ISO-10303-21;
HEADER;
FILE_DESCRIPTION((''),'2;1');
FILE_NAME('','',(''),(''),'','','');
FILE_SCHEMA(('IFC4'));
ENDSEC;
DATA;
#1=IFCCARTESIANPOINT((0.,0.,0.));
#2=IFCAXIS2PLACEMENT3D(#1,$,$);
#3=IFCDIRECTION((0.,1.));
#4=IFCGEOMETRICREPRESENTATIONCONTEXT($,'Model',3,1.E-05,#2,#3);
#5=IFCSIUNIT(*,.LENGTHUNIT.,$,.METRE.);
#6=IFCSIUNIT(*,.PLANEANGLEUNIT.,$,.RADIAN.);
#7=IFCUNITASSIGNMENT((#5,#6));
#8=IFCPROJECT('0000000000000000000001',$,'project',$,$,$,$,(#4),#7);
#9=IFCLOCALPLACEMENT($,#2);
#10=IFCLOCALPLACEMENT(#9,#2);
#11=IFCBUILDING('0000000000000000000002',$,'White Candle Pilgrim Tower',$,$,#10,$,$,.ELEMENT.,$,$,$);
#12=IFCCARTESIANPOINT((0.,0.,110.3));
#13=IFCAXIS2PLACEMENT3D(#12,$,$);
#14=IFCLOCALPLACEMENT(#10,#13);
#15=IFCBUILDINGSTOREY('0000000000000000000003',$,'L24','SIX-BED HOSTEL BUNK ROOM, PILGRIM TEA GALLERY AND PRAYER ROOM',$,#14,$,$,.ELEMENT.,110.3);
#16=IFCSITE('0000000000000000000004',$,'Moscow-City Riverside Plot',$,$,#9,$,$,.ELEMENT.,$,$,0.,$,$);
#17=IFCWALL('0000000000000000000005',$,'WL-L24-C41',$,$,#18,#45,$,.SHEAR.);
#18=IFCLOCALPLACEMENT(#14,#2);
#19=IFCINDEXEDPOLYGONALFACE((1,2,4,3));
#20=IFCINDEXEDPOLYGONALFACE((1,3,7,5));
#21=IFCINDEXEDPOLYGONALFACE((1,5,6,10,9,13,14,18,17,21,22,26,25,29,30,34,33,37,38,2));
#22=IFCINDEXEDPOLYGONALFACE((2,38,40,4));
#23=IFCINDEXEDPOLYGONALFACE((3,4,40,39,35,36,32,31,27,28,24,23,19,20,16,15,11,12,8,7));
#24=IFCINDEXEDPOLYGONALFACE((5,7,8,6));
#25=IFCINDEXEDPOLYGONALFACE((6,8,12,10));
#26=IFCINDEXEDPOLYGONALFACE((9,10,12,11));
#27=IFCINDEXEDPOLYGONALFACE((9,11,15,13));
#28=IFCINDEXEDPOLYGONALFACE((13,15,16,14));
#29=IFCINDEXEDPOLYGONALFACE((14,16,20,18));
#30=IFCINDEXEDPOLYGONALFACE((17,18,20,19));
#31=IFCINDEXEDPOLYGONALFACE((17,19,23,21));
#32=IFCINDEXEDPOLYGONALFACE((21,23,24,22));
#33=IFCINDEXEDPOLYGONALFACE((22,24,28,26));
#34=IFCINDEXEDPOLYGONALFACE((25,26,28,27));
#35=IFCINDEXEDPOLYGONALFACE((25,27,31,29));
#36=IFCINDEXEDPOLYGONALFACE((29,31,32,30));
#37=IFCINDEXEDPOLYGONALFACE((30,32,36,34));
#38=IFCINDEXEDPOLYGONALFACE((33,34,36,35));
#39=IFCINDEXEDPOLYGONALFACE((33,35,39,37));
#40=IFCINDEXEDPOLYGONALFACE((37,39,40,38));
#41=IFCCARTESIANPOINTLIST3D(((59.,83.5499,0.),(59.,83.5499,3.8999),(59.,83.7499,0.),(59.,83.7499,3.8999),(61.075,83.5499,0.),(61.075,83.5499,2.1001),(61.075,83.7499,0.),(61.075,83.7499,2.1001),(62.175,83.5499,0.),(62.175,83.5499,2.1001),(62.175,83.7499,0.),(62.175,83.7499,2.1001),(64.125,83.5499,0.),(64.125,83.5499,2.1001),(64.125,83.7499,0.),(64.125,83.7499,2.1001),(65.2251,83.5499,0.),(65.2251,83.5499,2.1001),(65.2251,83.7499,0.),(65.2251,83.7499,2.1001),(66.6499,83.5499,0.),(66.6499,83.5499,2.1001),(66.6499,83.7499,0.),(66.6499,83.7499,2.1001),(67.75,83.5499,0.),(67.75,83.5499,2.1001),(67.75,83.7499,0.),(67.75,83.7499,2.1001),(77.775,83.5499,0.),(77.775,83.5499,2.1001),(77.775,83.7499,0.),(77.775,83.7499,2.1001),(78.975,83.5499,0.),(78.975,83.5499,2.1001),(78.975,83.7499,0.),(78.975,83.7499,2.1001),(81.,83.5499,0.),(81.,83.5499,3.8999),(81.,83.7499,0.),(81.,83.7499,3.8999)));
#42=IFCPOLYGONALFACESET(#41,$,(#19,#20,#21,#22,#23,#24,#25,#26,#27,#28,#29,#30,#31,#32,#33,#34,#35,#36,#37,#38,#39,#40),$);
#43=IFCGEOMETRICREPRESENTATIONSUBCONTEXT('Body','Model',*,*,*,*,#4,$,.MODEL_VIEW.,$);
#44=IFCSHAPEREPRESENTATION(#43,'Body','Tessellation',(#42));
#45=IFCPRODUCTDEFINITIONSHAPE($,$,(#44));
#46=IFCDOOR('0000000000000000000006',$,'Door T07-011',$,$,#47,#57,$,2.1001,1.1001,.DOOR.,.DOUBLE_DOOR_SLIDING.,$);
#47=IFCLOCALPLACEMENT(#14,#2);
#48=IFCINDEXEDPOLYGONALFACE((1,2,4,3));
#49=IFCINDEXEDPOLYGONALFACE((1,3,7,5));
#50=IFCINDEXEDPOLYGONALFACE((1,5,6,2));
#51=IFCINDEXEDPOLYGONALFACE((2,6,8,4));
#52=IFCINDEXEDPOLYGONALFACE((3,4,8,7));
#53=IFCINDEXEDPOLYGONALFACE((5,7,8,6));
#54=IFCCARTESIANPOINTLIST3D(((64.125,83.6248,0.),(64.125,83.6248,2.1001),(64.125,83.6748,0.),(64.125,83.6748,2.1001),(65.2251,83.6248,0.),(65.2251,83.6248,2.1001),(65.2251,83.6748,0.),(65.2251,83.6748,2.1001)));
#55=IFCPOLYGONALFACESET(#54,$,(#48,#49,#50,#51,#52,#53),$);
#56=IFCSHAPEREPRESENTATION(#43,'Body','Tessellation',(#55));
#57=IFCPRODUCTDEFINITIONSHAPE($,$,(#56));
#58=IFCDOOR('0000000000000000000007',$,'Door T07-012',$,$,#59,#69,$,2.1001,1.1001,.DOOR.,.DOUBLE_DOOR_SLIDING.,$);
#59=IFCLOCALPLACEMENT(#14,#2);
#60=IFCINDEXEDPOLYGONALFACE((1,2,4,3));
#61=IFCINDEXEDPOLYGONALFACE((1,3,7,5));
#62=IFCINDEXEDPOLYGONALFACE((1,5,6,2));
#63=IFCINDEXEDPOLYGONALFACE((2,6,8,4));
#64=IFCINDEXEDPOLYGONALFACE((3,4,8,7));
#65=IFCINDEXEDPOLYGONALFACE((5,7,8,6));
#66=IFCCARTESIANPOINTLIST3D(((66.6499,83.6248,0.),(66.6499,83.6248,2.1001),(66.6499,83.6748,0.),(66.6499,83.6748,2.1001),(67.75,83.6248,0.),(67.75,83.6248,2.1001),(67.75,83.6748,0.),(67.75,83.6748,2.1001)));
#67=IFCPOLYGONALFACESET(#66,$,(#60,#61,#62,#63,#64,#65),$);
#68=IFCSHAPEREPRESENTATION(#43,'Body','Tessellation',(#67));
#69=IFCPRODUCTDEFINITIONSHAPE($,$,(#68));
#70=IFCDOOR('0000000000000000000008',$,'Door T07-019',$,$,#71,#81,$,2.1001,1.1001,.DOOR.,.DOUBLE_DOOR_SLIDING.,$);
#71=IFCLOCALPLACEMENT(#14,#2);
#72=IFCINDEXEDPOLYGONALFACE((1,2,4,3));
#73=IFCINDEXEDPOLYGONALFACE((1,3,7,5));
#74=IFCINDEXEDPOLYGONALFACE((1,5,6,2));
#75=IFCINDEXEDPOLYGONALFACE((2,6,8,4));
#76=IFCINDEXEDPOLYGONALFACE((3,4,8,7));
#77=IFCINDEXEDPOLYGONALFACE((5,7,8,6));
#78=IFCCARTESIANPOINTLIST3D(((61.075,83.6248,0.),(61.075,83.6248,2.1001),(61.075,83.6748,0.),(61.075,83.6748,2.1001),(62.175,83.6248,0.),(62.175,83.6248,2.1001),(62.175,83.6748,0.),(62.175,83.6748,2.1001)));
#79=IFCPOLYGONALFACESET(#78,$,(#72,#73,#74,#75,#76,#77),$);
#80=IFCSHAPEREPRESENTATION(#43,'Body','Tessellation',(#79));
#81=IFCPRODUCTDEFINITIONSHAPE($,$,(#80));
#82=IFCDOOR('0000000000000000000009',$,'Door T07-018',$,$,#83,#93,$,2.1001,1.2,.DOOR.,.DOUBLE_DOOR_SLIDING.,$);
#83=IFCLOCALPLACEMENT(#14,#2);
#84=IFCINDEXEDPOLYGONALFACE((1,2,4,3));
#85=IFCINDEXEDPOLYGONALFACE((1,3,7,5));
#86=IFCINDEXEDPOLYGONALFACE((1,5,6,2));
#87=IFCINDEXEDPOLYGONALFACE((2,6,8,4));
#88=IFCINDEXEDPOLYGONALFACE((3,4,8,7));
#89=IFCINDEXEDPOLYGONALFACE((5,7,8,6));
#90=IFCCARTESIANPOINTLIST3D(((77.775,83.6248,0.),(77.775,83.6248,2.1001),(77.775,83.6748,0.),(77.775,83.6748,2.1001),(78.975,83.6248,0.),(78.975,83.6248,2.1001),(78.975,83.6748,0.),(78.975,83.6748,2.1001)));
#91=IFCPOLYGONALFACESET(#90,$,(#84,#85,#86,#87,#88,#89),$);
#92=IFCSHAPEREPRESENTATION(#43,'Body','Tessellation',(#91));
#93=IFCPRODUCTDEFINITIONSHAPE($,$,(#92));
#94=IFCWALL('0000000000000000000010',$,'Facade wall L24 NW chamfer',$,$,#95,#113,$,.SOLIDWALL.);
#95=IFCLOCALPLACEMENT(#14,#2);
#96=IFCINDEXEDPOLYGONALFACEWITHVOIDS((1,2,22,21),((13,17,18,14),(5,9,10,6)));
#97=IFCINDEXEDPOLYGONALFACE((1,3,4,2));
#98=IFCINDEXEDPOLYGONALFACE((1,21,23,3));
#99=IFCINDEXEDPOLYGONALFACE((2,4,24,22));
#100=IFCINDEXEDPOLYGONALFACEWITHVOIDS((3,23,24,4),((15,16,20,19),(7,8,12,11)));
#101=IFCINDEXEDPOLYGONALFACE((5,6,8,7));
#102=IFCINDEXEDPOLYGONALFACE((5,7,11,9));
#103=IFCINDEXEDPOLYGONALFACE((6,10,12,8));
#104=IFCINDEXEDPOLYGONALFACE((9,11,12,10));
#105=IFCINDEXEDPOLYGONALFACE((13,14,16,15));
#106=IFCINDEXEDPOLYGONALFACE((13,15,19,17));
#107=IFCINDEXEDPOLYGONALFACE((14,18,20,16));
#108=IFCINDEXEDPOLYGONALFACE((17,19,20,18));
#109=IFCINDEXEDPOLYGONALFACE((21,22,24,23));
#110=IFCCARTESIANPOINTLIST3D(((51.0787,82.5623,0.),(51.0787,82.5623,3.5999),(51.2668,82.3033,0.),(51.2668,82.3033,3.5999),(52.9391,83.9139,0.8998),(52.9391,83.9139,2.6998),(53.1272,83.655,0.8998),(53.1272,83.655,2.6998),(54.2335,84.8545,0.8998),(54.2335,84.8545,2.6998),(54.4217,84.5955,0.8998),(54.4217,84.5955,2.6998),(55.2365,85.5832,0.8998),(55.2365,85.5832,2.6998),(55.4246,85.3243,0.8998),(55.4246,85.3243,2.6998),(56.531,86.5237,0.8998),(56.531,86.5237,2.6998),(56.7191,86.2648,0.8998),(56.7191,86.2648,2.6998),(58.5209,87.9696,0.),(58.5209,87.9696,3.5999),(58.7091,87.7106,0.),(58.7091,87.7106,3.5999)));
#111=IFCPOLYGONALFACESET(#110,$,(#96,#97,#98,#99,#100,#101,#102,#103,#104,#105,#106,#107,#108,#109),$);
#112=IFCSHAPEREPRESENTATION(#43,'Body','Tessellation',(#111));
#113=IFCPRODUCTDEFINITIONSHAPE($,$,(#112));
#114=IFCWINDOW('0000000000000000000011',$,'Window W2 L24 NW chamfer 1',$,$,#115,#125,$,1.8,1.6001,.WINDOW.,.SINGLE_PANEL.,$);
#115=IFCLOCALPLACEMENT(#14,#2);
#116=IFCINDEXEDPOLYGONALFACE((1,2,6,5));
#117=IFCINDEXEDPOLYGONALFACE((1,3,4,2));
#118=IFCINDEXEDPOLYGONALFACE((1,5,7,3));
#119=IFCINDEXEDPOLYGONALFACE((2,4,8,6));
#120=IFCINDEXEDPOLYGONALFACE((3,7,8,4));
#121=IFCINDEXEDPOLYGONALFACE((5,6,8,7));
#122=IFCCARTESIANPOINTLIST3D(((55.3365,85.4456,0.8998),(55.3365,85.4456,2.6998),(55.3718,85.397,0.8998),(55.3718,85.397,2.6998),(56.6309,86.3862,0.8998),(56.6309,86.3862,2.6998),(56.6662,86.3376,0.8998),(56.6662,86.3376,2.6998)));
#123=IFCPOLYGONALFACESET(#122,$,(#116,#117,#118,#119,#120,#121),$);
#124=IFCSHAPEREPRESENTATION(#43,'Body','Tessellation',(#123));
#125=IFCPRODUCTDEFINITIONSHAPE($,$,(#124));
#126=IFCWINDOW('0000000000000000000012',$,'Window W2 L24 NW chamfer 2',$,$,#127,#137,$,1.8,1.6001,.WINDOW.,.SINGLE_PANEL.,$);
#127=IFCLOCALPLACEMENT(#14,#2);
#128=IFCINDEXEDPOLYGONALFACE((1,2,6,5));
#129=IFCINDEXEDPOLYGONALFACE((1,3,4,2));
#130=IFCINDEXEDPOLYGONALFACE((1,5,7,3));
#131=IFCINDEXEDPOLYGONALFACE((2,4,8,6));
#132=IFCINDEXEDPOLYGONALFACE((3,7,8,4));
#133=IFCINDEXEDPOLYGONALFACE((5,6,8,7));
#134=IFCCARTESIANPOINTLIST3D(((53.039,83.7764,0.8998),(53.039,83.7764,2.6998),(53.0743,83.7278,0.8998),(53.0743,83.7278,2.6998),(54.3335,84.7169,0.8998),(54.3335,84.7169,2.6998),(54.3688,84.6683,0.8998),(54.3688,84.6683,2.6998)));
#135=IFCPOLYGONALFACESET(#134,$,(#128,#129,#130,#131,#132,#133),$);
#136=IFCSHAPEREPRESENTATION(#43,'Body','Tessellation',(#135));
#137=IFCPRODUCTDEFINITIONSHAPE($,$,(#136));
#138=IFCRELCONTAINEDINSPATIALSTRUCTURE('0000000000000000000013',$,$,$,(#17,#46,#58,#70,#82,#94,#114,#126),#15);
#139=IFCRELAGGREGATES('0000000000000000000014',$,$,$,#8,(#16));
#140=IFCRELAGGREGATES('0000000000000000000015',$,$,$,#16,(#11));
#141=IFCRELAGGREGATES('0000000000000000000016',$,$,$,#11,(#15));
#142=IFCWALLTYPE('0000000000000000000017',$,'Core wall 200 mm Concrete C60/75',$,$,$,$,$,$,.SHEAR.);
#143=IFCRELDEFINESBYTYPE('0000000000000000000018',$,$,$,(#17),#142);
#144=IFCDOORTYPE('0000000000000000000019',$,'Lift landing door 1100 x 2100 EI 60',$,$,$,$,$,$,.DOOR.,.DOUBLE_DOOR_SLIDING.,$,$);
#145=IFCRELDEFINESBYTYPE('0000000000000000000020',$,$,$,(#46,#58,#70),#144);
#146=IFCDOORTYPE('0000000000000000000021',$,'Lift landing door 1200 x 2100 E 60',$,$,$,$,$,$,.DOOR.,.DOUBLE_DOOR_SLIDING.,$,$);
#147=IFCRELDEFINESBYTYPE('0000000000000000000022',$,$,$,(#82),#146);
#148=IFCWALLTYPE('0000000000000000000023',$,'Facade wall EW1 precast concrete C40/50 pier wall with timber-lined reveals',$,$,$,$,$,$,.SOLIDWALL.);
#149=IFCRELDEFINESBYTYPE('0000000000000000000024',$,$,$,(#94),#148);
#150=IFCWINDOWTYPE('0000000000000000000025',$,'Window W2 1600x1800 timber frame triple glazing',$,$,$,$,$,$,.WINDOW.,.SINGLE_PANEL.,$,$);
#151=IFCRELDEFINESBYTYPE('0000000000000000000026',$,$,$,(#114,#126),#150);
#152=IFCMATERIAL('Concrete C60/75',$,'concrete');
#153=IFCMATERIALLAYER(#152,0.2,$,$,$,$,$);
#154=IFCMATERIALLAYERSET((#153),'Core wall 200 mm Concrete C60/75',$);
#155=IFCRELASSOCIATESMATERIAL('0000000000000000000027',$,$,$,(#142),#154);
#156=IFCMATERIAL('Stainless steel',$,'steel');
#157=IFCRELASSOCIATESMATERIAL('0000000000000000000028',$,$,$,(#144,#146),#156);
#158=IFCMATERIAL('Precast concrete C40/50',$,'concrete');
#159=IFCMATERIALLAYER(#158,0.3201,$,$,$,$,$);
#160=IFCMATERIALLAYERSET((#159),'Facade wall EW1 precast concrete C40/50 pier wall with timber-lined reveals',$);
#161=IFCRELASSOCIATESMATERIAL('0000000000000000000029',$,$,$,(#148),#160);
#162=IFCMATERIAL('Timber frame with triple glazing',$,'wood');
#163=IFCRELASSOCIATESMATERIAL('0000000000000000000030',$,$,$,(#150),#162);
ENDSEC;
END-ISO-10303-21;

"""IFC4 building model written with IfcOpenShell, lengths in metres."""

from ifc_helpers import new_model, si_unit, direction, frame, frame_2d, origin, place, context, subcontext, project, spatial, rectangle, extrude, material, layer, layer_set, type_object, element, fill, save


model = new_model("IFC4")

# Units and contexts
model_context = context("Model", 3, precision=1e-05, world=origin(), true_north=direction((0.0, 1.0)))
body_context = subcontext(model_context, "Body", "Model", "MODEL_VIEW")
ifc_project = project(units=[si_unit("LENGTHUNIT", "METRE"), si_unit("PLANEANGLEUNIT", "RADIAN")], contexts=[model_context])

# Site, building, storey
site_placement = place(None, origin())
site = spatial("IfcSite", under=ifc_project, at=site_placement, Name="Moscow-City Riverside Plot", CompositionType="ELEMENT", RefElevation=0.0)
building_placement = place(site_placement, origin())
building = spatial("IfcBuilding", under=site, at=building_placement, Name="White Candle Pilgrim Tower", CompositionType="ELEMENT")
storey_placement = place(building_placement, frame((0.0, 0.0, 110.3)))
storey = spatial("IfcBuildingStorey", under=building, at=storey_placement, Name="L24", Description="SIX-BED HOSTEL BUNK ROOM, PILGRIM TEA GALLERY AND PRAYER ROOM", CompositionType="ELEMENT", Elevation=110.3)

# Shared definitions
ifc_material_1 = material(Name="Concrete C60/75", Category="concrete")
ifc_layer_1 = layer(ifc_material_1, 0.2)
ifc_layer_set_1 = layer_set([ifc_layer_1], Name="Core wall 200 mm Concrete C60/75")
wall_type_1 = type_object("IfcWallType", Name="Core wall 200 mm Concrete C60/75", PredefinedType="SHEAR", material=ifc_layer_set_1)

# Wall, openings, doors
wall_1_placement = place(storey_placement, frame((59.0, 83.6499, 0.0), z_axis=(0.0, 0.0, 1.0), x_axis=(1.0, 0.0, 0.0)))
wall_1 = element("IfcWall", 1, at=wall_1_placement, inside=storey, type_object=wall_type_1, Name="WL-L24-C41", PredefinedType="SHEAR", context=body_context, shape_type="SweptSolid", body=[
    extrude(rectangle(XDim=22.0, YDim=0.2, at=frame_2d((11.0, 0.0))), origin(), (0.0, 0.0, 1.0), 3.8999),
])
opening_1_placement = place(wall_1_placement, frame((5.125, 0.0, 0.0)))
opening_1 = element("IfcOpeningElement", 2, at=opening_1_placement, cuts=wall_1, PredefinedType="OPENING", context=body_context, shape_type="SweptSolid", body=[
    extrude(rectangle(XDim=1.1001, YDim=2.1001, at=frame_2d((0.55, 1.05))), frame((0.0, 0.1099, 0.0), z_axis=(0.0, -1.0, 0.0), x_axis=(1.0, 0.0, 0.0)), (0.0, 0.0, 1.0), 0.22),
])
opening_2_placement = place(wall_1_placement, frame((7.6499, 0.0, 0.0)))
opening_2 = element("IfcOpeningElement", 3, at=opening_2_placement, cuts=wall_1, PredefinedType="OPENING", context=body_context, shape_type="SweptSolid", body=[
    extrude(rectangle(XDim=1.1001, YDim=2.1001, at=frame_2d((0.55, 1.05))), frame((0.0, 0.1099, 0.0), z_axis=(0.0, -1.0, 0.0), x_axis=(1.0, 0.0, 0.0)), (0.0, 0.0, 1.0), 0.22),
])
opening_3_placement = place(wall_1_placement, frame((18.7749, 0.0, 0.0)))
opening_3 = element("IfcOpeningElement", 4, at=opening_3_placement, cuts=wall_1, PredefinedType="OPENING", context=body_context, shape_type="SweptSolid", body=[
    extrude(rectangle(XDim=1.2, YDim=2.1001, at=frame_2d((0.6001, 1.05))), frame((0.0, 0.1099, 0.0), z_axis=(0.0, -1.0, 0.0), x_axis=(1.0, 0.0, 0.0)), (0.0, 0.0, 1.0), 0.22),
])
opening_4_placement = place(wall_1_placement, frame((2.075, 0.0, 0.0)))
opening_4 = element("IfcOpeningElement", 5, at=opening_4_placement, cuts=wall_1, PredefinedType="OPENING", context=body_context, shape_type="SweptSolid", body=[
    extrude(rectangle(XDim=1.1001, YDim=2.1001, at=frame_2d((0.55, 1.05))), frame((0.0, 0.1099, 0.0), z_axis=(0.0, -1.0, 0.0), x_axis=(1.0, 0.0, 0.0)), (0.0, 0.0, 1.0), 0.22),
])
ifc_material_2 = material(Name="Stainless steel", Category="steel")
door_type_1 = type_object("IfcDoorType", Name="Lift landing door 1100 x 2100 EI 60", OperationType="DOUBLE_DOOR_SLIDING", PredefinedType="DOOR", material=ifc_material_2)
door_1_placement = place(opening_1_placement, origin())
door_1 = element("IfcDoor", 6, at=door_1_placement, inside=storey, type_object=door_type_1, Name="Door T07-011", OperationType="DOUBLE_DOOR_SLIDING", OverallHeight=2.1001, OverallWidth=1.1001, PredefinedType="DOOR", context=body_context, shape_type="SweptSolid", body=[
    extrude(rectangle(XDim=1.1001, YDim=2.1001, at=frame_2d((0.55, 1.05))), frame((0.0, 0.0249, 0.0), z_axis=(0.0, -1.0, 0.0), x_axis=(1.0, 0.0, 0.0)), (0.0, 0.0, 1.0), 0.05),
])
fill(opening_1, door_1)
door_2_placement = place(opening_2_placement, origin())
door_2 = element("IfcDoor", 7, at=door_2_placement, inside=storey, type_object=door_type_1, Name="Door T07-012", OperationType="DOUBLE_DOOR_SLIDING", OverallHeight=2.1001, OverallWidth=1.1001, PredefinedType="DOOR", context=body_context, shape_type="SweptSolid", body=[
    extrude(rectangle(XDim=1.1001, YDim=2.1001, at=frame_2d((0.55, 1.05))), frame((0.0, 0.0249, 0.0), z_axis=(0.0, -1.0, 0.0), x_axis=(1.0, 0.0, 0.0)), (0.0, 0.0, 1.0), 0.05),
])
fill(opening_2, door_2)
door_3_placement = place(opening_4_placement, origin())
door_3 = element("IfcDoor", 8, at=door_3_placement, inside=storey, type_object=door_type_1, Name="Door T07-019", OperationType="DOUBLE_DOOR_SLIDING", OverallHeight=2.1001, OverallWidth=1.1001, PredefinedType="DOOR", context=body_context, shape_type="SweptSolid", body=[
    extrude(rectangle(XDim=1.1001, YDim=2.1001, at=frame_2d((0.55, 1.05))), frame((0.0, 0.0249, 0.0), z_axis=(0.0, -1.0, 0.0), x_axis=(1.0, 0.0, 0.0)), (0.0, 0.0, 1.0), 0.05),
])
fill(opening_4, door_3)
door_type_2 = type_object("IfcDoorType", Name="Lift landing door 1200 x 2100 E 60", OperationType="DOUBLE_DOOR_SLIDING", PredefinedType="DOOR", material=ifc_material_2)
door_4_placement = place(opening_3_placement, origin())
door_4 = element("IfcDoor", 9, at=door_4_placement, inside=storey, type_object=door_type_2, Name="Door T07-018", OperationType="DOUBLE_DOOR_SLIDING", OverallHeight=2.1001, OverallWidth=1.2, PredefinedType="DOOR", context=body_context, shape_type="SweptSolid", body=[
    extrude(rectangle(XDim=1.2, YDim=2.1001, at=frame_2d((0.6001, 1.05))), frame((0.0, 0.0249, 0.0), z_axis=(0.0, -1.0, 0.0), x_axis=(1.0, 0.0, 0.0)), (0.0, 0.0, 1.0), 0.05),
])
fill(opening_3, door_4)

# Wall, openings, windows
ifc_material_3 = material(Name="Precast concrete C40/50", Category="concrete")
ifc_layer_2 = layer(ifc_material_3, 0.3201)
ifc_layer_set_2 = layer_set([ifc_layer_2], Name="Facade wall EW1 precast concrete C40/50 pier wall with timber-lined reveals")
wall_type_2 = type_object("IfcWallType", Name="Facade wall EW1 precast concrete C40/50 pier wall with timber-lined reveals", PredefinedType="SOLIDWALL", material=ifc_layer_set_2)
wall_2_placement = place(storey_placement, frame((58.615, 87.8401, 0.0), z_axis=(0.0, 0.0, 1.0), x_axis=(-0.809007, -0.587799, 0.0)))
wall_2 = element("IfcWall", 10, at=wall_2_placement, inside=storey, type_object=wall_type_2, Name="Facade wall L24 NW chamfer", PredefinedType="SOLIDWALL", context=body_context, shape_type="SweptSolid", body=[
    extrude(rectangle(XDim=9.1992, YDim=0.3201, at=frame_2d((4.5996, 0.0))), origin(), (0.0, 0.0, 1.0), 3.5999),
])
opening_5_placement = place(wall_2_placement, frame((2.4597, 0.0, 0.8999)))
opening_5 = element("IfcOpeningElement", 11, at=opening_5_placement, cuts=wall_2, PredefinedType="OPENING", context=body_context, shape_type="SweptSolid", body=[
    extrude(rectangle(XDim=1.6001, YDim=1.8, at=frame_2d((0.8, 0.8999))), frame((0.0, 0.1699, 0.0), z_axis=(0.0, -1.0, 0.0), x_axis=(1.0, 0.0, 0.0)), (0.0, 0.0, 1.0), 0.3401),
])
opening_6_placement = place(wall_2_placement, frame((5.2996, 0.0, 0.8999)))
opening_6 = element("IfcOpeningElement", 12, at=opening_6_placement, cuts=wall_2, PredefinedType="OPENING", context=body_context, shape_type="SweptSolid", body=[
    extrude(rectangle(XDim=1.6001, YDim=1.8, at=frame_2d((0.8, 0.8999))), frame((0.0, 0.1699, 0.0), z_axis=(0.0, -1.0, 0.0), x_axis=(1.0, 0.0, 0.0)), (0.0, 0.0, 1.0), 0.3401),
])
ifc_material_4 = material(Name="Timber frame with triple glazing", Category="wood")
window_type_1 = type_object("IfcWindowType", Name="Window W2 1600x1800 timber frame triple glazing", PartitioningType="SINGLE_PANEL", PredefinedType="WINDOW", material=ifc_material_4)
window_1_placement = place(opening_5_placement, origin())
window_1 = element("IfcWindow", 13, at=window_1_placement, inside=storey, type_object=window_type_1, Name="Window W2 L24 NW chamfer 1", OverallHeight=1.8, OverallWidth=1.6001, PartitioningType="SINGLE_PANEL", PredefinedType="WINDOW", context=body_context, shape_type="SweptSolid", body=[
    extrude(rectangle(XDim=1.6001, YDim=1.8, at=frame_2d((0.8, 0.8999))), frame((0.0, 0.0701, 0.0), z_axis=(0.0, -1.0, 0.0), x_axis=(1.0, 0.0, 0.0)), (0.0, 0.0, 1.0), 0.0601),
])
fill(opening_5, window_1)
window_2_placement = place(opening_6_placement, origin())
window_2 = element("IfcWindow", 14, at=window_2_placement, inside=storey, type_object=window_type_1, Name="Window W2 L24 NW chamfer 2", OverallHeight=1.8, OverallWidth=1.6001, PartitioningType="SINGLE_PANEL", PredefinedType="WINDOW", context=body_context, shape_type="SweptSolid", body=[
    extrude(rectangle(XDim=1.6001, YDim=1.8, at=frame_2d((0.8, 0.8999))), frame((0.0, 0.0701, 0.0), z_axis=(0.0, -1.0, 0.0), x_axis=(1.0, 0.0, 0.0)), (0.0, 0.0, 1.0), 0.0601),
])
fill(opening_6, window_2)

save(model, "model.ifc")
